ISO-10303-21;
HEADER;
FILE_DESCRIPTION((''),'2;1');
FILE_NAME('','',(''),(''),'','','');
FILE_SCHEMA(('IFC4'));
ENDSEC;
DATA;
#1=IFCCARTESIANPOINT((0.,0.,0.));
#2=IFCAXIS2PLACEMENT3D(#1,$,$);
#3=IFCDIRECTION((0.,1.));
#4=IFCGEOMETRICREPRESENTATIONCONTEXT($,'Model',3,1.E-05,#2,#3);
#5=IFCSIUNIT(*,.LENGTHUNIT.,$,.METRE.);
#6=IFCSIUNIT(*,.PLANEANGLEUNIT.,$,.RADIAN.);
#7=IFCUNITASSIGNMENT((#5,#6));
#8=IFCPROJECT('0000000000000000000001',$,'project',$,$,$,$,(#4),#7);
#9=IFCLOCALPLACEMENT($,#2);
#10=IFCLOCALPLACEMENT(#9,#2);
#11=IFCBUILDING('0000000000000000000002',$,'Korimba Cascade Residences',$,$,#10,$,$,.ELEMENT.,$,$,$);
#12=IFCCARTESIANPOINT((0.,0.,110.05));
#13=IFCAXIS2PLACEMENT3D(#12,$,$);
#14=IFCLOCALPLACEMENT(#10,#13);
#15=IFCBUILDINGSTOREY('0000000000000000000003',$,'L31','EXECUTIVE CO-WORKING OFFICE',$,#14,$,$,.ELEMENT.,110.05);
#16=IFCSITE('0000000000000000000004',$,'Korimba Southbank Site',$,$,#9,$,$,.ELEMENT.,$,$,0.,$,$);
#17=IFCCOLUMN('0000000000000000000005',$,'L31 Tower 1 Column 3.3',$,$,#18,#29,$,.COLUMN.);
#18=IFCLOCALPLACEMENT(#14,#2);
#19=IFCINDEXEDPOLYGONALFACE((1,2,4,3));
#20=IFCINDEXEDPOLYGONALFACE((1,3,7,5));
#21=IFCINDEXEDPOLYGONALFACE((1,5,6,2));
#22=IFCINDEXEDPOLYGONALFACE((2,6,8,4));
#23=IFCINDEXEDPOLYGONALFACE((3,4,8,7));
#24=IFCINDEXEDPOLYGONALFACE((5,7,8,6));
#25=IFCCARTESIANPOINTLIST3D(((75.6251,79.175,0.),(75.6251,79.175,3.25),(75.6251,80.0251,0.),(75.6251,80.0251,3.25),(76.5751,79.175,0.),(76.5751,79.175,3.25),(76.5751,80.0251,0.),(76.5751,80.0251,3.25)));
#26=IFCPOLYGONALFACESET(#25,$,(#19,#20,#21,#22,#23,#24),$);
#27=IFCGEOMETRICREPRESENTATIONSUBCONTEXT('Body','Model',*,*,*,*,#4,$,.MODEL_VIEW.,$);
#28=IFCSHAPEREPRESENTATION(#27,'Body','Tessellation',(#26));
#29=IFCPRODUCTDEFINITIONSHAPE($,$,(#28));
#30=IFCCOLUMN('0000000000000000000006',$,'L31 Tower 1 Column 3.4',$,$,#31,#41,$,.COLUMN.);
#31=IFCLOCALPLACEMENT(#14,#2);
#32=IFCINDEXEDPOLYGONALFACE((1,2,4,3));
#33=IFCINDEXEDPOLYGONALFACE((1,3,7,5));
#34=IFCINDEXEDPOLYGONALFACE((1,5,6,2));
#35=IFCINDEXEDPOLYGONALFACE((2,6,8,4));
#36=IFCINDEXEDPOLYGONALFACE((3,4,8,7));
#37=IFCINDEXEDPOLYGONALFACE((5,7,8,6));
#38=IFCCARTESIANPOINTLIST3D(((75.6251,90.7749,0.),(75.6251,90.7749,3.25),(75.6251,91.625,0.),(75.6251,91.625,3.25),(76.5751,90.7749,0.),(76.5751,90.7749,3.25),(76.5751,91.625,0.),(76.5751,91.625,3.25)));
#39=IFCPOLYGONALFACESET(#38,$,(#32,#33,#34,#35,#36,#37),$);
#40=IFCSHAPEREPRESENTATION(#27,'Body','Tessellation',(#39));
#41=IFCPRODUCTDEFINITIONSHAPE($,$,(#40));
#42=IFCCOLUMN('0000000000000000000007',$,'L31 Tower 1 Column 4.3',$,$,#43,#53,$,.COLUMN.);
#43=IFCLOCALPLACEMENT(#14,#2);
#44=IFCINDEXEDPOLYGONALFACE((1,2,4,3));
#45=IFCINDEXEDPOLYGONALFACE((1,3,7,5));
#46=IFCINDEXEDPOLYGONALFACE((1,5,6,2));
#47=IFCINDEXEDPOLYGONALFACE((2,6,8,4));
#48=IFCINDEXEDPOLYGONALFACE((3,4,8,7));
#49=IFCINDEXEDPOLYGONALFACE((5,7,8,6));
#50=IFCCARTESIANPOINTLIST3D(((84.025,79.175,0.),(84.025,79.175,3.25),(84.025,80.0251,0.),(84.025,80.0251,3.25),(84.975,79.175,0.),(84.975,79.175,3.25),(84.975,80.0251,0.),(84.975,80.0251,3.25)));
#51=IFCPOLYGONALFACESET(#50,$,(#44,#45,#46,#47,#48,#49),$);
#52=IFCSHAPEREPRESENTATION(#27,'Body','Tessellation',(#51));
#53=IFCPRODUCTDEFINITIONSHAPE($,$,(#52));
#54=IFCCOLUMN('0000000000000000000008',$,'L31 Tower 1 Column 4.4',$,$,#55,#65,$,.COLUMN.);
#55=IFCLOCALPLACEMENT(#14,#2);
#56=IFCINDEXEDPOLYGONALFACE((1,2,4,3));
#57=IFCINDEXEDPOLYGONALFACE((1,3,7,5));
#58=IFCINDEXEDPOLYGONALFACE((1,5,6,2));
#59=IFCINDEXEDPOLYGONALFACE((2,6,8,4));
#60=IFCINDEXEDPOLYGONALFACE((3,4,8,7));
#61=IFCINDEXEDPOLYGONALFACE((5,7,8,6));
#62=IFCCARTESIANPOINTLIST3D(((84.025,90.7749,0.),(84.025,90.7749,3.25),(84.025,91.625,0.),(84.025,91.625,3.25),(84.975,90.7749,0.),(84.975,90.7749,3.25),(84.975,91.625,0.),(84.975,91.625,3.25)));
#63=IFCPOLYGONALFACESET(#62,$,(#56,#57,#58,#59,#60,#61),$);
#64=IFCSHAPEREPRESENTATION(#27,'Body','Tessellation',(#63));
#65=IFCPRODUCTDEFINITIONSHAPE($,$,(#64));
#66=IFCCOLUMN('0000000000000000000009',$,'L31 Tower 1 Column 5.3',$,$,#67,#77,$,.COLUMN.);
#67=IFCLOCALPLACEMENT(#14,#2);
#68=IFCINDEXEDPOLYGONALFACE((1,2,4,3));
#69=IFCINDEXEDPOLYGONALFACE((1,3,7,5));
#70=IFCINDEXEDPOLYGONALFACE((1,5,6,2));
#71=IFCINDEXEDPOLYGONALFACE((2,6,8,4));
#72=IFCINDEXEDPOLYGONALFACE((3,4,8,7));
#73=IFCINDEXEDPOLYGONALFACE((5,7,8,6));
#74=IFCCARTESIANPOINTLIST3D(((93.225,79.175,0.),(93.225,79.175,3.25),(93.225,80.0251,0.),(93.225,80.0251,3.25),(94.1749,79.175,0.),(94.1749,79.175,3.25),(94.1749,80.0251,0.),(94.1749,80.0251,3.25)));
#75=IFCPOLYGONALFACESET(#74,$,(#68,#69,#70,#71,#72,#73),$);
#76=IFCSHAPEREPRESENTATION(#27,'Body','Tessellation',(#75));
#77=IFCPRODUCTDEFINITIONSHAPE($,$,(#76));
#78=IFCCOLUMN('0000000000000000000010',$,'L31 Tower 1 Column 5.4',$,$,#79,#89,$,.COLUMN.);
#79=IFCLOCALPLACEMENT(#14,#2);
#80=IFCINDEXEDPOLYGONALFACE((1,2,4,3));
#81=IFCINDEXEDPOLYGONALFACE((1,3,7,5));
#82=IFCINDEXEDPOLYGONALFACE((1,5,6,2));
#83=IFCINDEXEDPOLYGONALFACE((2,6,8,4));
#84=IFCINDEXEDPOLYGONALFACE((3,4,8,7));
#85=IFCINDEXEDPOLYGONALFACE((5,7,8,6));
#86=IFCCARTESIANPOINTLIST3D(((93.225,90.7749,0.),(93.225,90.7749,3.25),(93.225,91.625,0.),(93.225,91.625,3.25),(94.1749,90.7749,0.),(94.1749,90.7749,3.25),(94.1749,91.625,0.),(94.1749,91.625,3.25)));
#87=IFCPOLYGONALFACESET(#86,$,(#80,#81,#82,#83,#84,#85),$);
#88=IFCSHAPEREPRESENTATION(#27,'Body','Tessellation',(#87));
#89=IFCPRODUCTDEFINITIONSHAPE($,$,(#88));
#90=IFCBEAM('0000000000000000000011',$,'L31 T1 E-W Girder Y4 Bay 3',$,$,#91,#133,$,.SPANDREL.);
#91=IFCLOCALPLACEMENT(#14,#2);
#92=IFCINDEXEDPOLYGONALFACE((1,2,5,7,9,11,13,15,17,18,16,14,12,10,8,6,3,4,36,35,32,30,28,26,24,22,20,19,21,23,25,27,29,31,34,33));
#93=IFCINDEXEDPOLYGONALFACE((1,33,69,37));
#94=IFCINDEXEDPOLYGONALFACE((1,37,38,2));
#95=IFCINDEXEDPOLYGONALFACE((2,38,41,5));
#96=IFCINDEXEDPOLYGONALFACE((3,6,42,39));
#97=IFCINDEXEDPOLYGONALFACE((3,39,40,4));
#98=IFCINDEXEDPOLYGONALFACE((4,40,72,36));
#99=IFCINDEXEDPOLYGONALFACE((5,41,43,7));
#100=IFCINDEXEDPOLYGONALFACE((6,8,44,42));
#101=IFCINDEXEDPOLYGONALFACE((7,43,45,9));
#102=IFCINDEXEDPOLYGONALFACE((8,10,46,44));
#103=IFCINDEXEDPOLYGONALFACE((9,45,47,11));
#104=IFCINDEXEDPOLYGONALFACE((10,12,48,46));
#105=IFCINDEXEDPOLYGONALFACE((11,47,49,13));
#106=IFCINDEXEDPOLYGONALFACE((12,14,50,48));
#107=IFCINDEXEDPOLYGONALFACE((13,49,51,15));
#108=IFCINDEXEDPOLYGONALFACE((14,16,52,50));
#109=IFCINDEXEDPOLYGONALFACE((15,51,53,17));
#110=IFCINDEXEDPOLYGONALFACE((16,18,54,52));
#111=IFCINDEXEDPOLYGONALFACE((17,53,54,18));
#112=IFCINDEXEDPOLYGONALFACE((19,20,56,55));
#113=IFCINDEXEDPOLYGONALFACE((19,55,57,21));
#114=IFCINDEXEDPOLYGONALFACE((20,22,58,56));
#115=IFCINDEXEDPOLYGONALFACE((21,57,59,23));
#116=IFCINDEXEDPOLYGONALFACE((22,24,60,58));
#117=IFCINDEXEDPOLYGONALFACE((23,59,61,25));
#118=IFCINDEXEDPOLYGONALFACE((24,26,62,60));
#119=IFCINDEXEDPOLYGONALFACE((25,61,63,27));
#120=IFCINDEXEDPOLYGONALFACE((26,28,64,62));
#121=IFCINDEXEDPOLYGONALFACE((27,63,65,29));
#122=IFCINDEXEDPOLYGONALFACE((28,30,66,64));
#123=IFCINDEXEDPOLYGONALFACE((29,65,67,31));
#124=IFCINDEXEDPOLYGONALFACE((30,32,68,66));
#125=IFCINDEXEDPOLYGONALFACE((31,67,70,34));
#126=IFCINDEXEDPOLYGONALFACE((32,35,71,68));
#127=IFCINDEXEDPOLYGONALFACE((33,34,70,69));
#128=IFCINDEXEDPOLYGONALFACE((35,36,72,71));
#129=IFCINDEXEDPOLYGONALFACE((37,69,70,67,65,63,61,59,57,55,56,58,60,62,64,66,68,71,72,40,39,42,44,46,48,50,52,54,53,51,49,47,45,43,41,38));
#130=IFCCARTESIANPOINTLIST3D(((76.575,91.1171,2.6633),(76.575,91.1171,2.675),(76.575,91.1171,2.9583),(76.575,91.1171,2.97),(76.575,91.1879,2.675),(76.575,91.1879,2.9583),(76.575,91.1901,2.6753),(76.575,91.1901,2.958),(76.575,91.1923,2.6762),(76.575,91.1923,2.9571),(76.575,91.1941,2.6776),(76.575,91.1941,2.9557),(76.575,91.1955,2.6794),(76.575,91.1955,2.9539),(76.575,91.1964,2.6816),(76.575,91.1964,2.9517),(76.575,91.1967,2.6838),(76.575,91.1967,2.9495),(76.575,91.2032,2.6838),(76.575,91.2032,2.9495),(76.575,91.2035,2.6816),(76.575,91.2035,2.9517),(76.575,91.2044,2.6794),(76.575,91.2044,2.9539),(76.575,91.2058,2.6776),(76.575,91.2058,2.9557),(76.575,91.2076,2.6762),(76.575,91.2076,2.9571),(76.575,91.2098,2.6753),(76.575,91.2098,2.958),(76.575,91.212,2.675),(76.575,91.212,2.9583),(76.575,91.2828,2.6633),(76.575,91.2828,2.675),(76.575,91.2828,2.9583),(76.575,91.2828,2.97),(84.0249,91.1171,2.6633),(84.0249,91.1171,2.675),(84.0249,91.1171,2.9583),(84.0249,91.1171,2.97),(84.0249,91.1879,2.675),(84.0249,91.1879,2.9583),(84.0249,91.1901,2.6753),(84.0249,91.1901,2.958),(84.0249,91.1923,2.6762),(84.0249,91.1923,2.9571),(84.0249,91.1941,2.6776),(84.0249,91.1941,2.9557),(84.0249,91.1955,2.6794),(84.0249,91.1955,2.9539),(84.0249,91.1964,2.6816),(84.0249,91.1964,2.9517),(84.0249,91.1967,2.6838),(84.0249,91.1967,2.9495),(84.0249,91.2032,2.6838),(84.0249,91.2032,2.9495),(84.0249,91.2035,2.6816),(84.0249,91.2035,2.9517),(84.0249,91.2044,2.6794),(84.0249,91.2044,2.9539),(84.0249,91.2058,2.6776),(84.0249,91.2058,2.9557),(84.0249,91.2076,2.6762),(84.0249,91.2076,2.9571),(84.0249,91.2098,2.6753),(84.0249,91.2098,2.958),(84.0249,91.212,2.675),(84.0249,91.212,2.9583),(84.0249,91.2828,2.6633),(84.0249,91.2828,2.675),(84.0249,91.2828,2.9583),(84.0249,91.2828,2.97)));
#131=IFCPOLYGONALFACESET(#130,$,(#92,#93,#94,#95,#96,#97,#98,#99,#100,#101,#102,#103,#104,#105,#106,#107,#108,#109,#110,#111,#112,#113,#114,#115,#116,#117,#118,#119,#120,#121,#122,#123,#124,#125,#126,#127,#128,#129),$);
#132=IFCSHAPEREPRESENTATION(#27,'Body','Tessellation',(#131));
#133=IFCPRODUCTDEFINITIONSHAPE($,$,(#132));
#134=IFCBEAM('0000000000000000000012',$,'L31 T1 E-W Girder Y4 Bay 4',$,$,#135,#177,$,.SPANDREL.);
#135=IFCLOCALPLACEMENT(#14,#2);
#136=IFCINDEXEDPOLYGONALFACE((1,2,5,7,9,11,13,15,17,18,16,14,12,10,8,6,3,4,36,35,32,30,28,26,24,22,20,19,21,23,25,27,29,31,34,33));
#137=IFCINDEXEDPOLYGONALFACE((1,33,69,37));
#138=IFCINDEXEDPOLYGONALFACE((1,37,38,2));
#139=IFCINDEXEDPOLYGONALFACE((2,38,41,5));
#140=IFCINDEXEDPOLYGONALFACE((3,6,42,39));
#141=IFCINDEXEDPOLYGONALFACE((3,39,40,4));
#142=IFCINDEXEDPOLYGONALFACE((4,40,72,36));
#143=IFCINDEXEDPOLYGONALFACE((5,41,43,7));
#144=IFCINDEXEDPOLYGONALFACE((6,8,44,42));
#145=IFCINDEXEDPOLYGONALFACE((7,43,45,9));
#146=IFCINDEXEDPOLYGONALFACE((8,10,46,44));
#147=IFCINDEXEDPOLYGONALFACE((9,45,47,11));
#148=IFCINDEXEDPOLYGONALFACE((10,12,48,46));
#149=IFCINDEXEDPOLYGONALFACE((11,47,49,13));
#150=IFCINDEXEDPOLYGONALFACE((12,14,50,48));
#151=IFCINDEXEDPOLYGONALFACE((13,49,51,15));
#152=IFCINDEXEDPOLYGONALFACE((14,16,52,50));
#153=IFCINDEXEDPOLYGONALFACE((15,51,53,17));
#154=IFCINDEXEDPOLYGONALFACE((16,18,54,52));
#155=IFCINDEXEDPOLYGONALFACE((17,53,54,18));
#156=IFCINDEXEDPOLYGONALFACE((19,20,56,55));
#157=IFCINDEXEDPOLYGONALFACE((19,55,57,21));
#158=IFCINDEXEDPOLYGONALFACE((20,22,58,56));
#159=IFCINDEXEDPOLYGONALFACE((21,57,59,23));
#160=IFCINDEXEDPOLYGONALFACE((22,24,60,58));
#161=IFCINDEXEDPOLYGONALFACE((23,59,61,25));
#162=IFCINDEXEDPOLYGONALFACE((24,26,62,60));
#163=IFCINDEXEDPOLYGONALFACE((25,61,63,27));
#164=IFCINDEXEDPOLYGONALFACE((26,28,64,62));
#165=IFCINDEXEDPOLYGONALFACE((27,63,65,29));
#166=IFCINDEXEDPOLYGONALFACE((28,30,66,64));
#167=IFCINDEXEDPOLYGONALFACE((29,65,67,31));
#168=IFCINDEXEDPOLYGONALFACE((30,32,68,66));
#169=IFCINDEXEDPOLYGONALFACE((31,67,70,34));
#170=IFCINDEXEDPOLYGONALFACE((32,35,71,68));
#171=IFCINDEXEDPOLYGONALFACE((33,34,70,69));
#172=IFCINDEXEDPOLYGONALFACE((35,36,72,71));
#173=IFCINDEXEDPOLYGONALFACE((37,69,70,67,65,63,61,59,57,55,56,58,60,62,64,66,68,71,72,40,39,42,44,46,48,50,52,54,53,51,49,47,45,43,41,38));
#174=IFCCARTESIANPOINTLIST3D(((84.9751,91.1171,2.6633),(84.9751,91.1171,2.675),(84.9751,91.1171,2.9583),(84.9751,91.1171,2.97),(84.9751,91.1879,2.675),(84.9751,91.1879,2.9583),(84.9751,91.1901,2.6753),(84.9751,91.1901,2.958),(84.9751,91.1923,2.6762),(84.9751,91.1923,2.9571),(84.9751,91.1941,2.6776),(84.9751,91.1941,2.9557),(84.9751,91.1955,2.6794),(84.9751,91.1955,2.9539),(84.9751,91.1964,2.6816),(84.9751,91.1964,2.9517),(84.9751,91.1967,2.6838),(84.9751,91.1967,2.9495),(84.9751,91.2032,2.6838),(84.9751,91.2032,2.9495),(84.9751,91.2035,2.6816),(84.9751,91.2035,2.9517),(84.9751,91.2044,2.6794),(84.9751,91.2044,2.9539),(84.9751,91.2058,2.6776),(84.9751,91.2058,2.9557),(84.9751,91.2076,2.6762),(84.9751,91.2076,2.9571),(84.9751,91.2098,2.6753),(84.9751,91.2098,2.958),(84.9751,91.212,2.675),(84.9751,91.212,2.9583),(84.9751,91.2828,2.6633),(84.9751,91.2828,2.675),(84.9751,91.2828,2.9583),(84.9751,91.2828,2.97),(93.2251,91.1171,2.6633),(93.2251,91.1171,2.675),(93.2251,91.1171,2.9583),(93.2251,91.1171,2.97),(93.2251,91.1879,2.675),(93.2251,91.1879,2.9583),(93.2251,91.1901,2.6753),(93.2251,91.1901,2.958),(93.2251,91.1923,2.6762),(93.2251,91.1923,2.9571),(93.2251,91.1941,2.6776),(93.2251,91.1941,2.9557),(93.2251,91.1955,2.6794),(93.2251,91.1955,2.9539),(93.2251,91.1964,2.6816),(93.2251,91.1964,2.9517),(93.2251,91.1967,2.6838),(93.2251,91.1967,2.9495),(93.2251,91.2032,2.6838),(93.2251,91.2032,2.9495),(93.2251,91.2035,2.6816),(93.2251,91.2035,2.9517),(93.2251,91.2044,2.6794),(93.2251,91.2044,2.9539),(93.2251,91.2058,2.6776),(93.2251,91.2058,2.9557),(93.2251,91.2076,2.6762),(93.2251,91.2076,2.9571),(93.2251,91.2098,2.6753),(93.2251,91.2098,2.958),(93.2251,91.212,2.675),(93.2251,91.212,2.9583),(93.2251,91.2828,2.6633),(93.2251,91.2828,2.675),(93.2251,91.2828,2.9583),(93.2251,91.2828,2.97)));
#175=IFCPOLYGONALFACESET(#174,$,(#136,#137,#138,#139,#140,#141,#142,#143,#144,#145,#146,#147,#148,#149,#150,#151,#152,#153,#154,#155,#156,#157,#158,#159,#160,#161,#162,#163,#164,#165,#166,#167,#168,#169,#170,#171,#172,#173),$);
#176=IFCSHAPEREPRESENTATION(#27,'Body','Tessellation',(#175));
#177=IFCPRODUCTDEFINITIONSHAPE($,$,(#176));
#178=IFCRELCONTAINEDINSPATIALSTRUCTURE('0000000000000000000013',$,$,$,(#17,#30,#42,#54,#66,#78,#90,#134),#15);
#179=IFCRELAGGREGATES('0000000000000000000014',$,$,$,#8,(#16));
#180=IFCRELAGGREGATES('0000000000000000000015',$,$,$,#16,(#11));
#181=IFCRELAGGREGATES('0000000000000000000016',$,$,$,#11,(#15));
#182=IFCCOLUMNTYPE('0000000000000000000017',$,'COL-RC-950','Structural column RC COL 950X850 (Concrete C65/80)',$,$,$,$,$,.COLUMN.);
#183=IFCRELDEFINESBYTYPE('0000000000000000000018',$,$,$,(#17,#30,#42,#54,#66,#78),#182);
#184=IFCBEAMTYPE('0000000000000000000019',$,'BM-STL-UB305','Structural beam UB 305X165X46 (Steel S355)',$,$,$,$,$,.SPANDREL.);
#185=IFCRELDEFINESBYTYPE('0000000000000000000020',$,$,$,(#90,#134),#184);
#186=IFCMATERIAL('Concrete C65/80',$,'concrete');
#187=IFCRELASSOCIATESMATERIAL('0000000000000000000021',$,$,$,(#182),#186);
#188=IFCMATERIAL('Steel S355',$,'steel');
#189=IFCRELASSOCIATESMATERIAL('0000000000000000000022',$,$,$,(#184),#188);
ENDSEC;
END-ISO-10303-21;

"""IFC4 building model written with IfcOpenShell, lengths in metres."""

from ifc_helpers import new_model, si_unit, direction, frame, origin, origin_2d, place, context, subcontext, project, spatial, rectangle, i_section, extrude, material, material_profile, profile_set, type_object, element, save


model = new_model("IFC4")

# Units and contexts
model_context = context("Model", 3, precision=1e-05, world=origin(), true_north=direction((0.0, 1.0)))
body_context = subcontext(model_context, "Body", "Model", "MODEL_VIEW")
ifc_project = project(units=[si_unit("LENGTHUNIT", "METRE"), si_unit("PLANEANGLEUNIT", "RADIAN")], contexts=[model_context])

# Site, building, storey
site_placement = place(None, origin())
site = spatial("IfcSite", under=ifc_project, at=site_placement, Name="Korimba Southbank Site", CompositionType="ELEMENT", RefElevation=0.0)
building_placement = place(site_placement, origin())
building = spatial("IfcBuilding", under=site, at=building_placement, Name="Korimba Cascade Residences", CompositionType="ELEMENT")
storey_placement = place(building_placement, frame((0.0, 0.0, 110.05)))
storey = spatial("IfcBuildingStorey", under=building, at=storey_placement, Name="L31", Description="EXECUTIVE CO-WORKING OFFICE", CompositionType="ELEMENT", Elevation=110.05)

# Columns
ifc_material_1 = material(Name="Concrete C65/80", Category="concrete")
ifc_material_profile_1 = material_profile(ifc_material_1, rectangle(XDim=0.95, YDim=0.8501, at=origin_2d()), Name="Concrete C65/80")
ifc_profile_set_1 = profile_set([ifc_material_profile_1], Name="Concrete C65/80")
column_type = type_object("IfcColumnType", Name="COL-RC-950", Description="Structural column RC COL 950X850 (Concrete C65/80)", PredefinedType="COLUMN", material=ifc_profile_set_1)
for number, where, z_axis, x_axis, name in (
    (1, (76.1001, 79.6001, 0.0), (0.0, 0.0, 1.0), (1.0, 0.0, 0.0), "L31 Tower 1 Column 3.3"),
    (2, (76.1001, 91.2, 0.0), (0.0, 0.0, 1.0), (1.0, 0.0, 0.0), "L31 Tower 1 Column 3.4"),
    (3, (84.5, 79.6001, 0.0), (0.0, 0.0, 1.0), (1.0, 0.0, 0.0), "L31 Tower 1 Column 4.3"),
    (4, (84.5, 91.2, 0.0), (0.0, 0.0, 1.0), (1.0, 0.0, 0.0), "L31 Tower 1 Column 4.4"),
    (5, (93.7, 79.6001, 0.0), (0.0, 0.0, 1.0), (1.0, 0.0, 0.0), "L31 Tower 1 Column 5.3"),
    (6, (93.7, 91.2, 0.0), (0.0, 0.0, 1.0), (1.0, 0.0, 0.0), "L31 Tower 1 Column 5.4"),
):
    element("IfcColumn", number, at=place(storey_placement, frame(where, z_axis=z_axis, x_axis=x_axis)), inside=storey, type_object=column_type, Name=name, PredefinedType="COLUMN", context=body_context, shape_type="SweptSolid", body=[
        extrude(rectangle(XDim=0.95, YDim=0.8501, at=origin_2d()), origin(), (0.0, 0.0, 1.0), 3.25),
    ])

# Beams
ifc_material_2 = material(Name="Steel S355", Category="steel")
ifc_material_profile_2 = material_profile(ifc_material_2, i_section(OverallWidth=0.1658, OverallDepth=0.3066, WebThickness=0.0066, FlangeThickness=0.0117, FilletRadius=0.0088, at=origin_2d()), Name="Steel S355")
ifc_profile_set_2 = profile_set([ifc_material_profile_2], Name="Steel S355")
beam_type_1 = type_object("IfcBeamType", Name="BM-STL-UB305", Description="Structural beam UB 305X165X46 (Steel S355)", PredefinedType="SPANDREL", material=ifc_profile_set_2)
beam_1_placement = place(storey_placement, frame((76.575, 91.2, 2.8167), z_axis=(1.0, 0.0, 0.0), x_axis=(0.0, 1.0, 0.0)))
element("IfcBeam", 7, at=beam_1_placement, inside=storey, type_object=beam_type_1, Name="L31 T1 E-W Girder Y4 Bay 3", PredefinedType="SPANDREL", context=body_context, shape_type="SweptSolid", body=[
    extrude(i_section(OverallWidth=0.1658, OverallDepth=0.3066, WebThickness=0.0066, FlangeThickness=0.0117, FilletRadius=0.0088, at=origin_2d()), origin(), (0.0, 0.0, 1.0), 7.45),
])
for number, where, z_axis, x_axis, name in (
    (8, (84.9751, 91.2, 2.8167), (1.0, 0.0, 0.0), (0.0, 1.0, 0.0), "L31 T1 E-W Girder Y4 Bay 4"),
):
    element("IfcBeam", number, at=place(storey_placement, frame(where, z_axis=z_axis, x_axis=x_axis)), inside=storey, type_object=beam_type_1, Name=name, PredefinedType="SPANDREL", context=body_context, shape_type="SweptSolid", body=[
        extrude(i_section(OverallWidth=0.1658, OverallDepth=0.3066, WebThickness=0.0066, FlangeThickness=0.0117, FilletRadius=0.0088, at=origin_2d()), origin(), (0.0, 0.0, 1.0), 8.25),
    ])

save(model, "model.ifc")
